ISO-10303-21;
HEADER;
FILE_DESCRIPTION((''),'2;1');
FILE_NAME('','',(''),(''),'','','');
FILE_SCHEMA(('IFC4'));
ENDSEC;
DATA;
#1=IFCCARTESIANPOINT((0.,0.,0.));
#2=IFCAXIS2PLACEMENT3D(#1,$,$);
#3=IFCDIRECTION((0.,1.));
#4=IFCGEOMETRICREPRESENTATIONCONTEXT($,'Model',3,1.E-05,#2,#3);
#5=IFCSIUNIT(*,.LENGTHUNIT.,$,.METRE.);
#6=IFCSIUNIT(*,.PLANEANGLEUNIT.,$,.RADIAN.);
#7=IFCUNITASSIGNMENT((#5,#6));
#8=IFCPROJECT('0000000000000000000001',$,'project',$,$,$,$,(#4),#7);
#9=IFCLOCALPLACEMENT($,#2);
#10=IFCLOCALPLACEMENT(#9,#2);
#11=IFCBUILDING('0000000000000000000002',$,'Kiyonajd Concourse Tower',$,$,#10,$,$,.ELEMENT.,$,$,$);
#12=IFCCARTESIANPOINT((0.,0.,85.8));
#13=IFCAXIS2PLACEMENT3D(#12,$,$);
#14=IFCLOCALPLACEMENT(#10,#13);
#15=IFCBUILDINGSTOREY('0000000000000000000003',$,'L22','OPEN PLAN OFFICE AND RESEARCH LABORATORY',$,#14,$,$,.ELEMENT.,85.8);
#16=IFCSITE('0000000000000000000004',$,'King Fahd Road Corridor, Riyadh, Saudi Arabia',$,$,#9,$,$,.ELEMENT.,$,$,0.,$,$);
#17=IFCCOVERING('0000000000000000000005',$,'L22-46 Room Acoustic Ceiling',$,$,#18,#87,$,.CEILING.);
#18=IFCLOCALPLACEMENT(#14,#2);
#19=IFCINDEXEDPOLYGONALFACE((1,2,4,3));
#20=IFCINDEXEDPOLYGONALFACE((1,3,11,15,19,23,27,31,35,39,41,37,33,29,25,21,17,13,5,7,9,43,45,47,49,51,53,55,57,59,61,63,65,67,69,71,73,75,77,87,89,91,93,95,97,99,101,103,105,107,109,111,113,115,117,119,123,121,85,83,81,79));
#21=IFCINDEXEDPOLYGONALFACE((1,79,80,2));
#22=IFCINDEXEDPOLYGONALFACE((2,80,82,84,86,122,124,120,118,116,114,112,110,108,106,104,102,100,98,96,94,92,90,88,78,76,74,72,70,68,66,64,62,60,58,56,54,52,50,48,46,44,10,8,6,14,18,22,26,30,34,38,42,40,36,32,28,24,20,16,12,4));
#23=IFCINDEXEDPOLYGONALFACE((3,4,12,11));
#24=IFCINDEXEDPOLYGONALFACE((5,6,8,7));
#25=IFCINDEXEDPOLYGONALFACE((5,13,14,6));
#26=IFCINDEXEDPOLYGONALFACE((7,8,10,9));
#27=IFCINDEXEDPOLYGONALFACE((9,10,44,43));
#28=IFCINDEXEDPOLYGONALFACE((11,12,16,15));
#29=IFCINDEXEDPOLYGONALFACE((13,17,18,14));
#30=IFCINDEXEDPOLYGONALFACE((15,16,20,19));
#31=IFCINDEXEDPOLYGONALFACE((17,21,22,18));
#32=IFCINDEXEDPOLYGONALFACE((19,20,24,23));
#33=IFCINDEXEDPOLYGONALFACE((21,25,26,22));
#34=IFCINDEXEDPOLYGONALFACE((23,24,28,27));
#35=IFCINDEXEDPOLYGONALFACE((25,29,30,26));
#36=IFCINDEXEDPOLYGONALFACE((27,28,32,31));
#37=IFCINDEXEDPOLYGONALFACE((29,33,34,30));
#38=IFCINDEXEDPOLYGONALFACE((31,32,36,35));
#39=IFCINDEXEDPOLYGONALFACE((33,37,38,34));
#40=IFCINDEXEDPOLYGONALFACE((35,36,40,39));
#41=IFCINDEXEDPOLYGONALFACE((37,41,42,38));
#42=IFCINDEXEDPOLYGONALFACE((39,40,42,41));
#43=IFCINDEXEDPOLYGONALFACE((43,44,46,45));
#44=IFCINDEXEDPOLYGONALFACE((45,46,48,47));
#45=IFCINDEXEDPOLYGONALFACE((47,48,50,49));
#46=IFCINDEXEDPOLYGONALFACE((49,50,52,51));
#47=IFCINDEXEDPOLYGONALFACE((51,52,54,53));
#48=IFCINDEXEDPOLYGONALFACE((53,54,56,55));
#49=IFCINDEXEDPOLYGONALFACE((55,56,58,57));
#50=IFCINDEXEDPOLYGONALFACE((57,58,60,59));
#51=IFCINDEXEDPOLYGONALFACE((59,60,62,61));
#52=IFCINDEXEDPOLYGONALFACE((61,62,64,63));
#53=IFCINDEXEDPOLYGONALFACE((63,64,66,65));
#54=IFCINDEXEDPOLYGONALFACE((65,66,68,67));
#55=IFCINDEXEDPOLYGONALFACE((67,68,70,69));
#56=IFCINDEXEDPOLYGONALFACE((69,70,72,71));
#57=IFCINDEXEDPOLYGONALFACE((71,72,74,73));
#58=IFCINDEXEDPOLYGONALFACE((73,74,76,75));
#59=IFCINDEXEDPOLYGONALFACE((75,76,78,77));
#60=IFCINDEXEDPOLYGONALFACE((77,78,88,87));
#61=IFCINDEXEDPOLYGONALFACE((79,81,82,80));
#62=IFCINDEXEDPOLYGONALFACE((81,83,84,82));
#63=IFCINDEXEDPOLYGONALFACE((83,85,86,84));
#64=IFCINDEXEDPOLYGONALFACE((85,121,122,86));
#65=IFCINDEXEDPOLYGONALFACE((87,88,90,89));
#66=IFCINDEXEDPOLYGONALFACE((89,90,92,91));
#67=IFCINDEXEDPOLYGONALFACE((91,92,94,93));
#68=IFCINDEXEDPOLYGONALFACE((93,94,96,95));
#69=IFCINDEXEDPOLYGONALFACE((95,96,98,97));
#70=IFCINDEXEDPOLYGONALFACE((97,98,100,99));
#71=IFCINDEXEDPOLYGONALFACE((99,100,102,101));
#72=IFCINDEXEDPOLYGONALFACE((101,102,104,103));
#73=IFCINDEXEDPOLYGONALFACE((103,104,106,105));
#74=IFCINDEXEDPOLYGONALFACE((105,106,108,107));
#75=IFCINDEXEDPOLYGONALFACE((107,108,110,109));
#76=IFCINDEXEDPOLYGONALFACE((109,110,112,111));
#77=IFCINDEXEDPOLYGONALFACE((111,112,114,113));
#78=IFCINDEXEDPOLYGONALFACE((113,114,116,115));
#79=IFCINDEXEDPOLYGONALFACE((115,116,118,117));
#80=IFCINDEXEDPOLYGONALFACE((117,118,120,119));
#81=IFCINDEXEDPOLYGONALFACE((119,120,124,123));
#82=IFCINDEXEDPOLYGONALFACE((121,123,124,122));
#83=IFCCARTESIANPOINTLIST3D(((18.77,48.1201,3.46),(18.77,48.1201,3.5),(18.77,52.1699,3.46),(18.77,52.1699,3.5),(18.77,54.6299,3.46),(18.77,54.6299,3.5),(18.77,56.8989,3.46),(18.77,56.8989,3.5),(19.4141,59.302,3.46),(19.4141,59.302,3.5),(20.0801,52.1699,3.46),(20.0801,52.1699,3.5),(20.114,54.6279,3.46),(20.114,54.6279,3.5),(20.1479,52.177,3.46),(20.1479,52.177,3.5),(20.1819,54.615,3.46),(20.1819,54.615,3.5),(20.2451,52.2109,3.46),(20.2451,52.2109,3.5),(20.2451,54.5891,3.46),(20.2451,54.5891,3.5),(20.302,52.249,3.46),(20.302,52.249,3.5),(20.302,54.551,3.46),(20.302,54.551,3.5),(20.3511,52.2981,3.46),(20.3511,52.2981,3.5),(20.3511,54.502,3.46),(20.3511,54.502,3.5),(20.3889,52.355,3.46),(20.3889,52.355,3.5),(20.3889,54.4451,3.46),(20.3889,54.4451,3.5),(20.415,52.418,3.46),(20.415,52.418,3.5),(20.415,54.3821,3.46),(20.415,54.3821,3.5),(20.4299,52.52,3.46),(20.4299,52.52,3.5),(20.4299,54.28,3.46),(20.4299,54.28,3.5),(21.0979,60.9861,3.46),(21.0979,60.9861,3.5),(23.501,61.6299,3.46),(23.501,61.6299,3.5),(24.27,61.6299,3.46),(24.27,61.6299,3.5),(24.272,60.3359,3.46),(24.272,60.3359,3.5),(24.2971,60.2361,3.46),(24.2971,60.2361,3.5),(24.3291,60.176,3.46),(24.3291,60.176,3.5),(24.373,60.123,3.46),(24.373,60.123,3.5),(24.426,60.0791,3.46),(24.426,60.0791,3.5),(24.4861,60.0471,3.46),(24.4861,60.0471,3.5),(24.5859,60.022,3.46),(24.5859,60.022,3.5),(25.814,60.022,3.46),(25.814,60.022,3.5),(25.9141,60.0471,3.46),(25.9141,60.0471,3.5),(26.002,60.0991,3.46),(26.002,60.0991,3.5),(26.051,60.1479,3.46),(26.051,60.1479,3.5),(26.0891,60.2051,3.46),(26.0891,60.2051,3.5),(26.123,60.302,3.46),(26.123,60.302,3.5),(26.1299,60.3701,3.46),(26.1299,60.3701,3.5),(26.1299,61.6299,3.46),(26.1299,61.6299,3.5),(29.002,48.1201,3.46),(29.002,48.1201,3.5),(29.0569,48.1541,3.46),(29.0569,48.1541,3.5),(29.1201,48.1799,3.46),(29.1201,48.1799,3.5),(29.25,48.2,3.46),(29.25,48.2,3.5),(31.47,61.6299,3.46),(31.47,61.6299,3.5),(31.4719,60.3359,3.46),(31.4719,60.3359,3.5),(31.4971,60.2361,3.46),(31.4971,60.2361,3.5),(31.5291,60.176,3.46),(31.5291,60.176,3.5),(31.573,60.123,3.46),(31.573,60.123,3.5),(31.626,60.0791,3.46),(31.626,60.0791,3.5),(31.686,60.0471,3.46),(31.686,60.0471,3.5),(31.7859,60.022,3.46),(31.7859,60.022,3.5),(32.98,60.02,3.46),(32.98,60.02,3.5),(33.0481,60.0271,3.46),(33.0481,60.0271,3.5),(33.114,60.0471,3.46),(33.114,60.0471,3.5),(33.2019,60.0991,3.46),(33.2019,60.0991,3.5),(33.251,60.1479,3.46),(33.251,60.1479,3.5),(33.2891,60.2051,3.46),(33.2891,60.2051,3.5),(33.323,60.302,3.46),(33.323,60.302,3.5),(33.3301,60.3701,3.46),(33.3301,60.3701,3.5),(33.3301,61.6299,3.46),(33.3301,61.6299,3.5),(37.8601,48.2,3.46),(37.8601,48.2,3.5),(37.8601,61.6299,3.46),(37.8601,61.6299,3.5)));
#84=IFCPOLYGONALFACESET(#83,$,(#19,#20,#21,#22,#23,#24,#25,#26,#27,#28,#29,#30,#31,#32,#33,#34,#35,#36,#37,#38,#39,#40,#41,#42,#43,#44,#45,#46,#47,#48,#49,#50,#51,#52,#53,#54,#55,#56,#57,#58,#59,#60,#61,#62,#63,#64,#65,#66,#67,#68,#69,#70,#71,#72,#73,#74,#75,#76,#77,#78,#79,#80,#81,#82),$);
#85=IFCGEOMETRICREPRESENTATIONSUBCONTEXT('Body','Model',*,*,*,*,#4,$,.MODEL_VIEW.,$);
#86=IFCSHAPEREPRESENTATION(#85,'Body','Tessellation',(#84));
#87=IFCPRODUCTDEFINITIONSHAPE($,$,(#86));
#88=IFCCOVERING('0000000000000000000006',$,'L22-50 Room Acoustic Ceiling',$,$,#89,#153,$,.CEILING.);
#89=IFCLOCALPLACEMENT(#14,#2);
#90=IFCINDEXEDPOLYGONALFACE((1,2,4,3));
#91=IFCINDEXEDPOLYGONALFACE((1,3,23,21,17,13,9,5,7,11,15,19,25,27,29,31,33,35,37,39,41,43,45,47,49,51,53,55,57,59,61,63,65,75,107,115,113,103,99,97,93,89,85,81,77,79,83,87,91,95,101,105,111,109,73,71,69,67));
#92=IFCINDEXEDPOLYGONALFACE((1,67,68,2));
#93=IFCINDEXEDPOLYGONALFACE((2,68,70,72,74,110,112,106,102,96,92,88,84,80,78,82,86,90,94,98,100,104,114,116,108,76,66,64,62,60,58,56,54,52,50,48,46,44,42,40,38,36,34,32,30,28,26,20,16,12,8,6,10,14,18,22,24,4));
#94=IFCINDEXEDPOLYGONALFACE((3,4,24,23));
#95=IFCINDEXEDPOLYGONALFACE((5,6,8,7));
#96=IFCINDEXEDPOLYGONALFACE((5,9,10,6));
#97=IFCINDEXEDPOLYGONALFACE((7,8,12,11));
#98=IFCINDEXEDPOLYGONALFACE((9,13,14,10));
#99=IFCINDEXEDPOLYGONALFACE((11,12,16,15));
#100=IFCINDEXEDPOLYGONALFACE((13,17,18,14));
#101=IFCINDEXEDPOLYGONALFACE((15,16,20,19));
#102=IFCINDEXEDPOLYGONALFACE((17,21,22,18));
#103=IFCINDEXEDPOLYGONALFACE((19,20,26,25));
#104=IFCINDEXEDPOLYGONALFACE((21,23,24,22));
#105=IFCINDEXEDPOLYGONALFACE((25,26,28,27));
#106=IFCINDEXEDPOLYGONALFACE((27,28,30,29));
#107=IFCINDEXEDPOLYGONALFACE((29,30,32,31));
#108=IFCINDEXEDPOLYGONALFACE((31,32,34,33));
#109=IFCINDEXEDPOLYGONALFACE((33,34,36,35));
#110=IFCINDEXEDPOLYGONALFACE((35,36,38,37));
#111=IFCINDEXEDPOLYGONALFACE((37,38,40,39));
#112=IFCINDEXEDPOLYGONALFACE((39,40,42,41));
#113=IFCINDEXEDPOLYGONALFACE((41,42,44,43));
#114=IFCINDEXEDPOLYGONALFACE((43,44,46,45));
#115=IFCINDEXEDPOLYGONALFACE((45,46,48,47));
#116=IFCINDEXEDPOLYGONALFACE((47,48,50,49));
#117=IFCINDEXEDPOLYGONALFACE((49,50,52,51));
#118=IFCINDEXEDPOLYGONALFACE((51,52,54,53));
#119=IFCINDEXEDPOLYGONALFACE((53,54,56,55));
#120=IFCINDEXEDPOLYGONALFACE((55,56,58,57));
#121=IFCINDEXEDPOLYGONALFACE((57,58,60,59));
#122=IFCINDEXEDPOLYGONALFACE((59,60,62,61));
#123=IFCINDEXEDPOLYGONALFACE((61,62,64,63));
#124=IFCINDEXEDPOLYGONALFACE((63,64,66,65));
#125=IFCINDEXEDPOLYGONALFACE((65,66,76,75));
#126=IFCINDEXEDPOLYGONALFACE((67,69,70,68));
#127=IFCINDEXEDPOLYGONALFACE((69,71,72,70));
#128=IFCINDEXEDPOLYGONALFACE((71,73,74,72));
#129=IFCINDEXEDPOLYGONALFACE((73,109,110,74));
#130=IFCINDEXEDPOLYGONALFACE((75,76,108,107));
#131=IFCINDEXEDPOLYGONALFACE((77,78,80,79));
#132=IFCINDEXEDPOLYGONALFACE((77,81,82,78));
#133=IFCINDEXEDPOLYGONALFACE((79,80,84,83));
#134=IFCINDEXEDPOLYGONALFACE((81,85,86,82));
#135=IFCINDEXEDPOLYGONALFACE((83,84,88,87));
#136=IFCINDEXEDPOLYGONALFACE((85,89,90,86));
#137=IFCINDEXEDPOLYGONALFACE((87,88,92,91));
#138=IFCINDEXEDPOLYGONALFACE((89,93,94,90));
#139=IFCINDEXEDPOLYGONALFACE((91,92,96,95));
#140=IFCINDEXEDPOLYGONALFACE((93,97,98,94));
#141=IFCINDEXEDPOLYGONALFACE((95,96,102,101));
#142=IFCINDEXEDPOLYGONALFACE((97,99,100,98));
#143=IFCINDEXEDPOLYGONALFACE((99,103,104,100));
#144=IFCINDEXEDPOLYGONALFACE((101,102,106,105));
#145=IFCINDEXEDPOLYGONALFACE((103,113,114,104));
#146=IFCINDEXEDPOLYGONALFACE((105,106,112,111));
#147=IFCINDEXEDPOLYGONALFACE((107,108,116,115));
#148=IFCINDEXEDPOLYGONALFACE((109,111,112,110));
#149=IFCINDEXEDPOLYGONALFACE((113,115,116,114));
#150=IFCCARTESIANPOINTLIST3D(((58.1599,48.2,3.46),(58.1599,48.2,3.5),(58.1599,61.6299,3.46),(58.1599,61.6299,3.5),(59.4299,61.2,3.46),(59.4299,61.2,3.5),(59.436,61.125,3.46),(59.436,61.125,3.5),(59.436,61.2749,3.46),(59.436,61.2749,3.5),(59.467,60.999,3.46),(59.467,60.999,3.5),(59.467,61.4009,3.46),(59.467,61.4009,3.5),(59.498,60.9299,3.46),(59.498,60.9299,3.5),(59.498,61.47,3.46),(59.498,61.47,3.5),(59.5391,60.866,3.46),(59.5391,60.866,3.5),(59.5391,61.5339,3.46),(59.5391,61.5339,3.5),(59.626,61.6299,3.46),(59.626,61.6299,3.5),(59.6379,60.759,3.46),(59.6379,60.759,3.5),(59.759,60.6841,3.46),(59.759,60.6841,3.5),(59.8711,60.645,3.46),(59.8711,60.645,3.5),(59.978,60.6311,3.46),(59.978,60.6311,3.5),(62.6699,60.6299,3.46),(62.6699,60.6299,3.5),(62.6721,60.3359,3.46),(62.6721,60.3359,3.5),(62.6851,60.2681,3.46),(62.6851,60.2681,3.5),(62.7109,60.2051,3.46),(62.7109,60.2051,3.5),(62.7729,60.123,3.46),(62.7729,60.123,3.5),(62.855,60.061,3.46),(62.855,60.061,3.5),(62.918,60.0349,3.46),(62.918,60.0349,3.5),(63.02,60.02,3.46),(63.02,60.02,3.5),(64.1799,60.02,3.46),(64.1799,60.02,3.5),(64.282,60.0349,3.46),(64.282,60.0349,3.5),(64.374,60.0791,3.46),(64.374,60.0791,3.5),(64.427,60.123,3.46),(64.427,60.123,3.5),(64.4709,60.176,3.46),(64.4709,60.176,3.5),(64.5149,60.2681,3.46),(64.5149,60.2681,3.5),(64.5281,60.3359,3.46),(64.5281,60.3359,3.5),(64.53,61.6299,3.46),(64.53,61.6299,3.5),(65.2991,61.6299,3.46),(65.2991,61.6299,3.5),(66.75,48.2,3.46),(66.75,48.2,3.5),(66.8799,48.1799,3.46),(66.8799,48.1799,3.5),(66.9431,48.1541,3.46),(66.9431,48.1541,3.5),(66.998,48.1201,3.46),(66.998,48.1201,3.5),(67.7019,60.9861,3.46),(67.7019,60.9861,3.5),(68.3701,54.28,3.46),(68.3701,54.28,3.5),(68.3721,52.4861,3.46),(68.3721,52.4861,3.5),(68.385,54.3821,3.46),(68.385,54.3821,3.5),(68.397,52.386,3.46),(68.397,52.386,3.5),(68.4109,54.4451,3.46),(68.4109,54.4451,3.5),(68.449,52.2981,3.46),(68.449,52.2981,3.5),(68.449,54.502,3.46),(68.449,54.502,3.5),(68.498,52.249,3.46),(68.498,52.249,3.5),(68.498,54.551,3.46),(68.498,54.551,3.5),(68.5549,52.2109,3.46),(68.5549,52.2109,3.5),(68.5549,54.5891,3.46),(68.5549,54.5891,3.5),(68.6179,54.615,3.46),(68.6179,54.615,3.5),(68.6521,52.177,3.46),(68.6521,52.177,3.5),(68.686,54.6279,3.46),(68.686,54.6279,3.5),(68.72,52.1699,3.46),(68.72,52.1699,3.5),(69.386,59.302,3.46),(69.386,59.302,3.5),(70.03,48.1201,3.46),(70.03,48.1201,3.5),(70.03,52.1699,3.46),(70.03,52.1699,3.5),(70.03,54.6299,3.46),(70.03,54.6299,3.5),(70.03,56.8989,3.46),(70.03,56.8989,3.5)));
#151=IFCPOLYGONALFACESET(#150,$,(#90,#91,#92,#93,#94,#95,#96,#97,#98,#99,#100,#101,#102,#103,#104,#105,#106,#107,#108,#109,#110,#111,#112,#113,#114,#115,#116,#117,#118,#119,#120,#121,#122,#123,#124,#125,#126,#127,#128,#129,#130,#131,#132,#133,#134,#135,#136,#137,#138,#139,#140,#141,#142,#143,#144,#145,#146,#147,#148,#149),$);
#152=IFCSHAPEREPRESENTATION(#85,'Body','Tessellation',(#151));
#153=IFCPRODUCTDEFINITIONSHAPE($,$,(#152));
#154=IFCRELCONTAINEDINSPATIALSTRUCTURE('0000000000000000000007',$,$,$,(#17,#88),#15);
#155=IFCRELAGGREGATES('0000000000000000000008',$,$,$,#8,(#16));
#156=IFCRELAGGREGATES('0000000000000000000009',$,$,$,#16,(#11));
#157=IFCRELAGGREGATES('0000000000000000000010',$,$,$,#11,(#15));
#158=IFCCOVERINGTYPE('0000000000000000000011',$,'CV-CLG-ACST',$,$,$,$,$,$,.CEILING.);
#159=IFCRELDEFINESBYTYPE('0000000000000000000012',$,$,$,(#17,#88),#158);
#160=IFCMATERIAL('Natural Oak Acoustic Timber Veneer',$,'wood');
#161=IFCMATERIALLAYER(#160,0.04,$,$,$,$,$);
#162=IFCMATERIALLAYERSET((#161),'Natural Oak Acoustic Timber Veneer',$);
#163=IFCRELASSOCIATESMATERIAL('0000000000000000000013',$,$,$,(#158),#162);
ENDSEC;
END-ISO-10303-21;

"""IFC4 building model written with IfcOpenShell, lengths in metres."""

from ifc_helpers import new_model, si_unit, direction, frame, origin, place, context, subcontext, project, spatial, polyline, outline, extrude, material, layer, layer_set, type_object, element, save


model = new_model("IFC4")

# Units and contexts
model_context = context("Model", 3, precision=1e-05, world=origin(), true_north=direction((0.0, 1.0)))
body_context = subcontext(model_context, "Body", "Model", "MODEL_VIEW")
ifc_project = project(units=[si_unit("LENGTHUNIT", "METRE"), si_unit("PLANEANGLEUNIT", "RADIAN")], contexts=[model_context])

# Site, building, storey
site_placement = place(None, origin())
site = spatial("IfcSite", under=ifc_project, at=site_placement, Name="King Fahd Road Corridor, Riyadh, Saudi Arabia", CompositionType="ELEMENT", RefElevation=0.0)
building_placement = place(site_placement, origin())
building = spatial("IfcBuilding", under=site, at=building_placement, Name="Kiyonajd Concourse Tower", CompositionType="ELEMENT")
storey_placement = place(building_placement, frame((0.0, 0.0, 85.8)))
storey = spatial("IfcBuildingStorey", under=building, at=storey_placement, Name="L22", Description="OPEN PLAN OFFICE AND RESEARCH LABORATORY", CompositionType="ELEMENT", Elevation=85.8)

# Shared definitions
ifc_material_1 = material(Name="Natural Oak Acoustic Timber Veneer", Category="wood")

# Coverings
ifc_layer_1 = layer(ifc_material_1, 0.04)
ifc_layer_set_1 = layer_set([ifc_layer_1], Name="Natural Oak Acoustic Timber Veneer")
covering_type = type_object("IfcCoveringType", Name="CV-CLG-ACST", PredefinedType="CEILING", material=ifc_layer_set_1)
covering_1_placement = place(storey_placement, frame((0.0, 0.0, 3.46)))
element("IfcCovering", 1, at=covering_1_placement, inside=storey, type_object=covering_type, Name="L22-46 Room Acoustic Ceiling", PredefinedType="CEILING", context=body_context, shape_type="SweptSolid", body=[
    extrude(outline(polyline([(21.0979, 60.9861), (23.501, 61.6299), (24.27, 61.6299), (24.272, 60.3359), (24.2971, 60.2361), (24.3291, 60.176), (24.373, 60.123), (24.426, 60.0791), (24.4861, 60.0471), (24.5859, 60.022), (25.814, 60.022), (25.9141, 60.0471), (26.002, 60.0991), (26.051, 60.1479), (26.0891, 60.2051), (26.123, 60.302), (26.1299, 60.3701), (26.1299, 61.6299), (31.47, 61.6299), (31.4719, 60.3359), (31.4971, 60.2361), (31.5291, 60.176), (31.573, 60.123), (31.626, 60.0791), (31.686, 60.0471), (31.7859, 60.022), (32.98, 60.02), (33.0481, 60.0271), (33.114, 60.0471), (33.2019, 60.0991), (33.251, 60.1479), (33.2891, 60.2051), (33.323, 60.302), (33.3301, 60.3701), (33.3301, 61.6299), (37.8601, 61.6299), (37.8601, 48.2), (29.25, 48.2), (29.1201, 48.1799), (29.0569, 48.1541), (29.002, 48.1201), (18.77, 48.1201), (18.77, 52.1699), (20.0801, 52.1699), (20.1479, 52.177), (20.2451, 52.2109), (20.302, 52.249), (20.3511, 52.2981), (20.3889, 52.355), (20.415, 52.418), (20.4299, 52.52), (20.4299, 54.28), (20.415, 54.3821), (20.3889, 54.4451), (20.3511, 54.502), (20.302, 54.551), (20.2451, 54.5891), (20.1819, 54.615), (20.114, 54.6279), (18.77, 54.6299), (18.77, 56.8989), (19.4141, 59.302), (21.0979, 60.9861)])), origin(), (0.0, 0.0, 1.0), 0.04),
])
covering_2_placement = place(storey_placement, frame((0.0, 0.0, 3.46)))
element("IfcCovering", 2, at=covering_2_placement, inside=storey, type_object=covering_type, Name="L22-50 Room Acoustic Ceiling", PredefinedType="CEILING", context=body_context, shape_type="SweptSolid", body=[
    extrude(outline(polyline([(59.626, 61.6299), (59.5391, 61.5339), (59.498, 61.47), (59.467, 61.4009), (59.436, 61.2749), (59.4299, 61.2), (59.436, 61.125), (59.467, 60.999), (59.498, 60.9299), (59.5391, 60.866), (59.6379, 60.759), (59.759, 60.6841), (59.8711, 60.645), (59.978, 60.6311), (62.6699, 60.6299), (62.6721, 60.3359), (62.6851, 60.2681), (62.7109, 60.2051), (62.7729, 60.123), (62.855, 60.061), (62.918, 60.0349), (63.02, 60.02), (64.1799, 60.02), (64.282, 60.0349), (64.374, 60.0791), (64.427, 60.123), (64.4709, 60.176), (64.5149, 60.2681), (64.5281, 60.3359), (64.53, 61.6299), (65.2991, 61.6299), (67.7019, 60.9861), (69.386, 59.302), (70.03, 56.8989), (70.03, 54.6299), (68.686, 54.6279), (68.6179, 54.615), (68.5549, 54.5891), (68.498, 54.551), (68.449, 54.502), (68.4109, 54.4451), (68.385, 54.3821), (68.3701, 54.28), (68.3721, 52.4861), (68.397, 52.386), (68.449, 52.2981), (68.498, 52.249), (68.5549, 52.2109), (68.6521, 52.177), (68.72, 52.1699), (70.03, 52.1699), (70.03, 48.1201), (66.998, 48.1201), (66.9431, 48.1541), (66.8799, 48.1799), (66.75, 48.2), (58.1599, 48.2), (58.1599, 61.6299), (59.626, 61.6299)])), origin(), (0.0, 0.0, 1.0), 0.04),
])

save(model, "model.ifc")
